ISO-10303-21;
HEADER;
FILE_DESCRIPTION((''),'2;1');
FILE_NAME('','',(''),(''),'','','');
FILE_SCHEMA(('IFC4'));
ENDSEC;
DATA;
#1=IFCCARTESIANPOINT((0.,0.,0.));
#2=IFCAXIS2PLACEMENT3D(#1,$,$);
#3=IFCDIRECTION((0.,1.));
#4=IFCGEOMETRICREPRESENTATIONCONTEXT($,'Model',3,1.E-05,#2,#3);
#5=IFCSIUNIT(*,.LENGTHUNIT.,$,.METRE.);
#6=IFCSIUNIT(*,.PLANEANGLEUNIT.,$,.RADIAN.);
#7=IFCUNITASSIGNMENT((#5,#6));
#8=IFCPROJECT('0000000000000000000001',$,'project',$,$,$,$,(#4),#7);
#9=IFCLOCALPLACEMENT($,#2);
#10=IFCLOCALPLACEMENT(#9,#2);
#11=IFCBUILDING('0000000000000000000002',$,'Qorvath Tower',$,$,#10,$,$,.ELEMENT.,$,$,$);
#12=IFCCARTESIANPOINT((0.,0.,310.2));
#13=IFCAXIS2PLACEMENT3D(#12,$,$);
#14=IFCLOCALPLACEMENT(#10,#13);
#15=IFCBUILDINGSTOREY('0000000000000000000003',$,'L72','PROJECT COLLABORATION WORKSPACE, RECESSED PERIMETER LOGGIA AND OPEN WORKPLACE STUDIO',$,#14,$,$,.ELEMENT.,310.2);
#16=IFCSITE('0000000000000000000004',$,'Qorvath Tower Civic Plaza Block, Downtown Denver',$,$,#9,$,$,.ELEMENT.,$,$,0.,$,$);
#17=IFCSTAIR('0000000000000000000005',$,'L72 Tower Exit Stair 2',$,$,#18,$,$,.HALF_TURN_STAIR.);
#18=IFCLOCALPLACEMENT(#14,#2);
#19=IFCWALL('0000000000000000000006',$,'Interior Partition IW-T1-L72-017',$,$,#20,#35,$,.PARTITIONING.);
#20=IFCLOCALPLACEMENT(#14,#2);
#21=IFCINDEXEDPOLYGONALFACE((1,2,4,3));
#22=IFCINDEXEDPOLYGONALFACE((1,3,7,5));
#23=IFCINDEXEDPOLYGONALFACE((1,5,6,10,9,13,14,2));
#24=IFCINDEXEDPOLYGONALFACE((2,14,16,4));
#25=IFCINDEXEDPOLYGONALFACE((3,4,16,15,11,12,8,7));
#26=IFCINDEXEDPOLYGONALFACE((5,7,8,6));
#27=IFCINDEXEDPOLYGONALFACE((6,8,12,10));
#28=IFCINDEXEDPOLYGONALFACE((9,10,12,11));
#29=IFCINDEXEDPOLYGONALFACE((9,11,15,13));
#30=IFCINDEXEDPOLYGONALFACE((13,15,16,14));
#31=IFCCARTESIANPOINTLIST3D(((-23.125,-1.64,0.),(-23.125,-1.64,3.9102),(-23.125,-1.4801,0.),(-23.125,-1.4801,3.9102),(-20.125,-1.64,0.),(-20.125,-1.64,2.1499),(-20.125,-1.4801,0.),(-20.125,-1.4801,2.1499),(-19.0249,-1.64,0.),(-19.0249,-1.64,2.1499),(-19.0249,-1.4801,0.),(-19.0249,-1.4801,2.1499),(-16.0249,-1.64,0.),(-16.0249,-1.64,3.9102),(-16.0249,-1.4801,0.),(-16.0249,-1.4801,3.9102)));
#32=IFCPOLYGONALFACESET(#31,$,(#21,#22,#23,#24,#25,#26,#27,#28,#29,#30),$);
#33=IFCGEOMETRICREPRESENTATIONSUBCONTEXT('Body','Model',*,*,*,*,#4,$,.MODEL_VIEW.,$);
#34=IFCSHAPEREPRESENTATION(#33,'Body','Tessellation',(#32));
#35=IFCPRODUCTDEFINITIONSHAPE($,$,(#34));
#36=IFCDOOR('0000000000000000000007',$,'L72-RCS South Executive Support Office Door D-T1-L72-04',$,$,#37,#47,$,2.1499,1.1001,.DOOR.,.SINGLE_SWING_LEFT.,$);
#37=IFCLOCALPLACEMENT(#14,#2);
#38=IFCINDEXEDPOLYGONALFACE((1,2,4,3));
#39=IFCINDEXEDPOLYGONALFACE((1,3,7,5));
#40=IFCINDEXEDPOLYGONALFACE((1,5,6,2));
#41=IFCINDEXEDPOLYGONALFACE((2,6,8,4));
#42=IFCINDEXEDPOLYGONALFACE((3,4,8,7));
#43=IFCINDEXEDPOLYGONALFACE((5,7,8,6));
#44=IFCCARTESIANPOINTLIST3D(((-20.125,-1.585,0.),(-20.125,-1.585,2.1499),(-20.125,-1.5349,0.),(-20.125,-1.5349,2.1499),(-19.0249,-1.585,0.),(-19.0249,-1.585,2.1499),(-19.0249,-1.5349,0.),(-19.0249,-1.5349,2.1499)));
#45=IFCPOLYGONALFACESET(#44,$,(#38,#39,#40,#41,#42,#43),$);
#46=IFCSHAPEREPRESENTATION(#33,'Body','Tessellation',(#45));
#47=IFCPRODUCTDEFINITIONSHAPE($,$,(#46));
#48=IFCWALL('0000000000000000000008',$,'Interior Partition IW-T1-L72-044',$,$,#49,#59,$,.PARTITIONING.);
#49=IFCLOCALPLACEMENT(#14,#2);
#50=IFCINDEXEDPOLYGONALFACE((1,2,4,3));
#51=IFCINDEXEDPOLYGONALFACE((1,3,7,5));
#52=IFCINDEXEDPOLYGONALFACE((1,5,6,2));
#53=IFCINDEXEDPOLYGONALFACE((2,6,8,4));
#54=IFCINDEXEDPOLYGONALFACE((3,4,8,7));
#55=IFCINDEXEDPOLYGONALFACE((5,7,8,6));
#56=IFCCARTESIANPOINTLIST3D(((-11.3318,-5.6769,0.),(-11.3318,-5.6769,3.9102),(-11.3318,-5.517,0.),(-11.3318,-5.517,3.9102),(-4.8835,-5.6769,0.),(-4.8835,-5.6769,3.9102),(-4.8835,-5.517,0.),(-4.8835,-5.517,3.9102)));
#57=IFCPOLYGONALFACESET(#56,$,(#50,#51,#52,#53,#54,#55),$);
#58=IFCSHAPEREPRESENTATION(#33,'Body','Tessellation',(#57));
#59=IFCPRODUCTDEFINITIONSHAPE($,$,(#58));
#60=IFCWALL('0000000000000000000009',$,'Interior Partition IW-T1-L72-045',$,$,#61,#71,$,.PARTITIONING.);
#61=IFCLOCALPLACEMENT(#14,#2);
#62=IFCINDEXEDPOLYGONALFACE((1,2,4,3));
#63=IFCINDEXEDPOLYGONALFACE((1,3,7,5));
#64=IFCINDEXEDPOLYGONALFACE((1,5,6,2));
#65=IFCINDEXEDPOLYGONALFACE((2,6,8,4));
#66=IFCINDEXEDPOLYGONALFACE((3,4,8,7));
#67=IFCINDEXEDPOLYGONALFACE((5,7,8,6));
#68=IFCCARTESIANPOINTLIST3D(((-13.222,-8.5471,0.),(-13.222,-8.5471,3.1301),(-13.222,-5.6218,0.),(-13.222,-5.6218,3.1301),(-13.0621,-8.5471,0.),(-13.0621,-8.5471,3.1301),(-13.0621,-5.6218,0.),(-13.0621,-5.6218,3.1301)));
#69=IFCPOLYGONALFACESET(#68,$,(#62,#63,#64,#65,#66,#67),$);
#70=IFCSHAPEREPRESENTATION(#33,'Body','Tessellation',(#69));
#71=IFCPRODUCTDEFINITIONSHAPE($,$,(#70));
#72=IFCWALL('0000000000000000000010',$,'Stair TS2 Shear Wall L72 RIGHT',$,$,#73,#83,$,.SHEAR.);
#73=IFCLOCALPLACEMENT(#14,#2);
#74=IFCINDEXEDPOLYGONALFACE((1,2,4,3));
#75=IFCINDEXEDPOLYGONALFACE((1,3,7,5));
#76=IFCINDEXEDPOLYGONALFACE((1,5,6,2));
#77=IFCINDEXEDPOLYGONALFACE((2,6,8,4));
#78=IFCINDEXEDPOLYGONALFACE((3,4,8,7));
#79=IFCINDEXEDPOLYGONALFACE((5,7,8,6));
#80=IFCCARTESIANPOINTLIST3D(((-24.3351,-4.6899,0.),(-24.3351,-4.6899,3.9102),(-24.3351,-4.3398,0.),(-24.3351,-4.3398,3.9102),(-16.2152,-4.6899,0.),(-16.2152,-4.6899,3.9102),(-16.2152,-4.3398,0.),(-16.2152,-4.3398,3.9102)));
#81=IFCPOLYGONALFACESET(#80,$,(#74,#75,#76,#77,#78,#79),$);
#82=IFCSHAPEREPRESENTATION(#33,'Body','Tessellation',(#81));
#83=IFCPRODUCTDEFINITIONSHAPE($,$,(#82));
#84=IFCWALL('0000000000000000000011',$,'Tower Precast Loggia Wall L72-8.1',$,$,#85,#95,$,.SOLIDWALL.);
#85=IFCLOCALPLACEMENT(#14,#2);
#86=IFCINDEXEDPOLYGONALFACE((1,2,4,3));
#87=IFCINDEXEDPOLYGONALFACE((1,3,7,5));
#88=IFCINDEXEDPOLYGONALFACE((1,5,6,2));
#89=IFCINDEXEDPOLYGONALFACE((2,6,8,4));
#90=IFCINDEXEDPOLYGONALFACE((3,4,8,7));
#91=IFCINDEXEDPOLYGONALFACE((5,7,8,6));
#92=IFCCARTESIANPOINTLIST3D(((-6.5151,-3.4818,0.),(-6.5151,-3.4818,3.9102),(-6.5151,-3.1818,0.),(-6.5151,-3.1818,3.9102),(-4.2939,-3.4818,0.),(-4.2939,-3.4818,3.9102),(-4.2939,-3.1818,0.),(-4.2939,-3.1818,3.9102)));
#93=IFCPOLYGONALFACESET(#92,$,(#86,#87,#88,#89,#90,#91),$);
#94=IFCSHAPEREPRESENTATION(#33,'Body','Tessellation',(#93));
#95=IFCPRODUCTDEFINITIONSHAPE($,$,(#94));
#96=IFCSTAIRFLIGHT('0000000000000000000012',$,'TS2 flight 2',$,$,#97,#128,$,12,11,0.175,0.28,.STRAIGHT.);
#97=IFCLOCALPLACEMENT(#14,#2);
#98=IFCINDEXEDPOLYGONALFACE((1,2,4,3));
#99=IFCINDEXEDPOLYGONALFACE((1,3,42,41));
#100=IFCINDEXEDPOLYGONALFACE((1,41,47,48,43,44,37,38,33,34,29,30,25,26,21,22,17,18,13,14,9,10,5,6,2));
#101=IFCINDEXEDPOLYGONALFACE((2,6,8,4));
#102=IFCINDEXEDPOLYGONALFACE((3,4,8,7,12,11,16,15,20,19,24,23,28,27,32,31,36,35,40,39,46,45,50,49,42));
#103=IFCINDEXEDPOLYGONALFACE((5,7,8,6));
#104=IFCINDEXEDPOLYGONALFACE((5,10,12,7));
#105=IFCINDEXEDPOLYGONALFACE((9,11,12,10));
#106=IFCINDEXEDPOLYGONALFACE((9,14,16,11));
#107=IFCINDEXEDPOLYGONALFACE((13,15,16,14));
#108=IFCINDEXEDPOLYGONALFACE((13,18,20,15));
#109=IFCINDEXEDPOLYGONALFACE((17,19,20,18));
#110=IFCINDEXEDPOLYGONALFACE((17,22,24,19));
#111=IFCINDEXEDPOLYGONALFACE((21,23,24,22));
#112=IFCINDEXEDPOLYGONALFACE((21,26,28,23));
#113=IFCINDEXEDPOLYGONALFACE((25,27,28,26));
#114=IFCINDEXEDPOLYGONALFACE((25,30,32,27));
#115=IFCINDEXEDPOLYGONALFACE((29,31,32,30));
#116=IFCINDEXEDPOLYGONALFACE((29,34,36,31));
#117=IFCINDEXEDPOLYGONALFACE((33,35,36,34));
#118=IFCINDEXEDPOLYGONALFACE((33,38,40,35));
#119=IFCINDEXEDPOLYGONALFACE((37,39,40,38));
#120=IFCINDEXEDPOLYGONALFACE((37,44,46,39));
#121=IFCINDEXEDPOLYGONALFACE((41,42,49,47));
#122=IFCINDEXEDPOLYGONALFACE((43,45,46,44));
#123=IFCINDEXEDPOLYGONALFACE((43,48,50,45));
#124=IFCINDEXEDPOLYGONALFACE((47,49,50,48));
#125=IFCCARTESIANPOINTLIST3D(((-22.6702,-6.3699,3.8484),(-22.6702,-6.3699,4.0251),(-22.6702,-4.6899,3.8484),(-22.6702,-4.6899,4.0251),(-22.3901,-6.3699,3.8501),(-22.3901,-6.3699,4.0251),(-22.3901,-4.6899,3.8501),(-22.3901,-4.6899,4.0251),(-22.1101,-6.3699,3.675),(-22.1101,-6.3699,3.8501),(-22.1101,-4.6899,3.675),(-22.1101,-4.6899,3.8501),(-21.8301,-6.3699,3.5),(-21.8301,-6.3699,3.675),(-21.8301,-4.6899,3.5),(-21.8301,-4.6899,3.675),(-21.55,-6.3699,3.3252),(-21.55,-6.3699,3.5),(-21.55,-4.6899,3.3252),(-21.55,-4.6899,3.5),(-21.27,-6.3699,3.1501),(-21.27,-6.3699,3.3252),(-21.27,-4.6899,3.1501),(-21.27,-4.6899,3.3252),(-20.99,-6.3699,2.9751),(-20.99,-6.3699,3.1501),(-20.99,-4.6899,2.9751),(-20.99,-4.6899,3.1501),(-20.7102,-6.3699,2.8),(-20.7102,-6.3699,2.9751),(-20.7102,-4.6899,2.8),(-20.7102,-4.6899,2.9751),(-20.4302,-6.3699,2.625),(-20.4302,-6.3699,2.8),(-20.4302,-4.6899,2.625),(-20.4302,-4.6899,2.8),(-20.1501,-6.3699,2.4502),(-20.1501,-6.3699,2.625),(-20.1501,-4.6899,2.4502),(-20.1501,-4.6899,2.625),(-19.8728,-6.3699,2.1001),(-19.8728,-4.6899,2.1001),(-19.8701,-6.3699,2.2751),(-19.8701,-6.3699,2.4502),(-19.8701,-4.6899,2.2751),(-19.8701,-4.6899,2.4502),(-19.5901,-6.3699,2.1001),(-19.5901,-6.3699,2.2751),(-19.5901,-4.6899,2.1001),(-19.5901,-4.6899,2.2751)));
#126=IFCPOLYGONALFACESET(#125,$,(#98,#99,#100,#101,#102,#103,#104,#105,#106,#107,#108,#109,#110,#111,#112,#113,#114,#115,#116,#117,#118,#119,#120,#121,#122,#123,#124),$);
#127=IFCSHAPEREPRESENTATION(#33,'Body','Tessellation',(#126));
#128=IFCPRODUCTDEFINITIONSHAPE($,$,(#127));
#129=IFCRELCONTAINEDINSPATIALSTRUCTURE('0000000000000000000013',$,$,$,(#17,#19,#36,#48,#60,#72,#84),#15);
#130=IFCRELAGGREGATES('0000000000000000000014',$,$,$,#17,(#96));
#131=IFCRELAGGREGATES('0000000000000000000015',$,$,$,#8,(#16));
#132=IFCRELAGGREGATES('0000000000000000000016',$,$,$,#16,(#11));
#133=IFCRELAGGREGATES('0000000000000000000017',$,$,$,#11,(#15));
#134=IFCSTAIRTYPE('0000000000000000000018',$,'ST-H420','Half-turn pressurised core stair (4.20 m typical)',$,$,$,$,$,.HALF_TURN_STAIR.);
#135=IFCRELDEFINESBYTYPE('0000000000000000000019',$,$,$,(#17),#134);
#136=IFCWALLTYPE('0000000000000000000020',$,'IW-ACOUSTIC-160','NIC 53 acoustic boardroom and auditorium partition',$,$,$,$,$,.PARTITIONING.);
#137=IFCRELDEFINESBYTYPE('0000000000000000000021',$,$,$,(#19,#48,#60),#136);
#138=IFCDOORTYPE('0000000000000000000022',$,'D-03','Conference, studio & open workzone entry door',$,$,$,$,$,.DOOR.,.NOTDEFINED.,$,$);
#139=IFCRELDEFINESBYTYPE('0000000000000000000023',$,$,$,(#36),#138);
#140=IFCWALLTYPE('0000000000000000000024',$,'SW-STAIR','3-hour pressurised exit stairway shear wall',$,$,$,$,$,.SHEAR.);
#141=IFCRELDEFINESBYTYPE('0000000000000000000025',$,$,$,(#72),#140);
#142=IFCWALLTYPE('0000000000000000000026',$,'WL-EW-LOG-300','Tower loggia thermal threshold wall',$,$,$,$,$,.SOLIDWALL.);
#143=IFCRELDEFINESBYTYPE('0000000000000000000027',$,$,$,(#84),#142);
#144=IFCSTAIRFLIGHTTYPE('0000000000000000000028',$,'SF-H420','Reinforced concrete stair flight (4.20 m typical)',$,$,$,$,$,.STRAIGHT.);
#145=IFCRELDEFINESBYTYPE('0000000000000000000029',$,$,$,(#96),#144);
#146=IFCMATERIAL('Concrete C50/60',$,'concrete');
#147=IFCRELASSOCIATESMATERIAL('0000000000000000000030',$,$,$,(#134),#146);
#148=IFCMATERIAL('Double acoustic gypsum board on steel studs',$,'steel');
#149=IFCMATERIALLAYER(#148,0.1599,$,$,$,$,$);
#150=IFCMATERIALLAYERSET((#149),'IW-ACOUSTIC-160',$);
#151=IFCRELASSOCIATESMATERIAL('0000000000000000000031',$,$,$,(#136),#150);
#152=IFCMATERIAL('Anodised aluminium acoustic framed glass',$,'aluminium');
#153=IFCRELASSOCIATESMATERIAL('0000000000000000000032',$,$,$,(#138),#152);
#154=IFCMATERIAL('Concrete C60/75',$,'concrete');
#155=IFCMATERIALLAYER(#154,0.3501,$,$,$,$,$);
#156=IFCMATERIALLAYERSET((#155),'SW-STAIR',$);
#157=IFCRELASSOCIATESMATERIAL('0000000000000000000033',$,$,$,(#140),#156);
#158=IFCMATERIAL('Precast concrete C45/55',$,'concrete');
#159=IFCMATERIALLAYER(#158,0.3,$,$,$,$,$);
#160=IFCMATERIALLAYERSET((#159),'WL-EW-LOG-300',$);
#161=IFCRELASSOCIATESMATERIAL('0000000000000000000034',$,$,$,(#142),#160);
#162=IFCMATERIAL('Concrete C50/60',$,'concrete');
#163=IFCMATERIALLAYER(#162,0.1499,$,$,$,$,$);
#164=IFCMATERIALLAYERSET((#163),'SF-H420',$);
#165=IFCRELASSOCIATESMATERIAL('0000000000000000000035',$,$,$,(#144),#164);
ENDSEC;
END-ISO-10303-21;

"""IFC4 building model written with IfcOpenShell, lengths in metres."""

from ifc_helpers import new_model, si_unit, direction, frame, frame_2d, origin, place, context, subcontext, project, spatial, polyline, rectangle, outline, extrude, material, layer, layer_set, type_object, element, fill, aggregate, save


model = new_model("IFC4")

# Units and contexts
model_context = context("Model", 3, precision=1e-05, world=origin(), true_north=direction((0.0, 1.0)))
body_context = subcontext(model_context, "Body", "Model", "MODEL_VIEW")
ifc_project = project(units=[si_unit("LENGTHUNIT", "METRE"), si_unit("PLANEANGLEUNIT", "RADIAN")], contexts=[model_context])

# Site, building, storey
site_placement = place(None, origin())
site = spatial("IfcSite", under=ifc_project, at=site_placement, Name="Qorvath Tower Civic Plaza Block, Downtown Denver", CompositionType="ELEMENT", RefElevation=0.0)
building_placement = place(site_placement, origin())
building = spatial("IfcBuilding", under=site, at=building_placement, Name="Qorvath Tower", CompositionType="ELEMENT")
storey_placement = place(building_placement, frame((0.0, 0.0, 310.2)))
storey = spatial("IfcBuildingStorey", under=building, at=storey_placement, Name="L72", Description="PROJECT COLLABORATION WORKSPACE, RECESSED PERIMETER LOGGIA AND OPEN WORKPLACE STUDIO", CompositionType="ELEMENT", Elevation=310.2)

# Stair
ifc_material_1 = material(Name="Concrete C50/60", Category="concrete")
stair_type = type_object("IfcStairType", Name="ST-H420", Description="Half-turn pressurised core stair (4.20 m typical)", PredefinedType="HALF_TURN_STAIR", material=ifc_material_1)
stair_1_placement = place(storey_placement, origin())
stair_1 = element("IfcStair", 1, at=stair_1_placement, inside=storey, type_object=stair_type, Name="L72 Tower Exit Stair 2", PredefinedType="HALF_TURN_STAIR")

# Shared definitions
ifc_material_2 = material(Name="Double acoustic gypsum board on steel studs", Category="steel")
ifc_layer_1 = layer(ifc_material_2, 0.1599)
ifc_layer_set_1 = layer_set([ifc_layer_1], Name="IW-ACOUSTIC-160")
wall_type_1 = type_object("IfcWallType", Name="IW-ACOUSTIC-160", Description="NIC 53 acoustic boardroom and auditorium partition", PredefinedType="PARTITIONING", material=ifc_layer_set_1)

# Wall, opening, door
wall_1_placement = place(storey_placement, frame((-16.0249, -1.5601, 0.0), z_axis=(0.0, 0.0, 1.0), x_axis=(-1.0, 0.0, 0.0)))
wall_1 = element("IfcWall", 2, at=wall_1_placement, inside=storey, type_object=wall_type_1, Name="Interior Partition IW-T1-L72-017", PredefinedType="PARTITIONING", context=body_context, shape_type="SweptSolid", body=[
    extrude(rectangle(XDim=7.1001, YDim=0.1599, at=frame_2d((3.55, 0.0))), origin(), (0.0, 0.0, 1.0), 3.9102),
])
opening_placement = place(wall_1_placement, frame((3.0, 0.0, 0.0)))
opening = element("IfcOpeningElement", 3, at=opening_placement, cuts=wall_1, PredefinedType="OPENING", context=body_context, shape_type="SweptSolid", body=[
    extrude(rectangle(XDim=1.1001, YDim=2.1499, at=frame_2d((0.55, 1.075))), frame((0.0, 0.0898, 0.0), z_axis=(0.0, -1.0, 0.0), x_axis=(1.0, 0.0, 0.0)), (0.0, 0.0, 1.0), 0.1799),
])
ifc_material_3 = material(Name="Anodised aluminium acoustic framed glass", Category="aluminium")
door_type = type_object("IfcDoorType", Name="D-03", Description="Conference, studio & open workzone entry door", OperationType="NOTDEFINED", PredefinedType="DOOR", material=ifc_material_3)
door_placement = place(opening_placement, origin())
door = element("IfcDoor", 4, at=door_placement, inside=storey, type_object=door_type, Name="L72-RCS South Executive Support Office Door D-T1-L72-04", OperationType="SINGLE_SWING_LEFT", OverallHeight=2.1499, OverallWidth=1.1001, PredefinedType="DOOR", context=body_context, shape_type="SweptSolid", body=[
    extrude(rectangle(XDim=1.1001, YDim=2.1499, at=frame_2d((0.55, 1.075))), frame((0.0, 0.0249, 0.0), z_axis=(0.0, -1.0, 0.0), x_axis=(1.0, 0.0, 0.0)), (0.0, 0.0, 1.0), 0.05),
])
fill(opening, door)

# Walls
wall_2_placement = place(storey_placement, frame((-4.8835, -5.5969, 0.0), z_axis=(0.0, 0.0, 1.0), x_axis=(-1.0, 0.0, 0.0)))
element("IfcWall", 5, at=wall_2_placement, inside=storey, type_object=wall_type_1, Name="Interior Partition IW-T1-L72-044", PredefinedType="PARTITIONING", context=body_context, shape_type="SweptSolid", body=[
    extrude(rectangle(XDim=6.4482, YDim=0.1599, at=frame_2d((3.2241, 0.0))), origin(), (0.0, 0.0, 1.0), 3.9102),
])
wall_3_placement = place(storey_placement, frame((-13.1421, -5.6218, 0.0), z_axis=(0.0, 0.0, 1.0), x_axis=(0.0, -1.0, 0.0)))
element("IfcWall", 6, at=wall_3_placement, inside=storey, type_object=wall_type_1, Name="Interior Partition IW-T1-L72-045", PredefinedType="PARTITIONING", context=body_context, shape_type="SweptSolid", body=[
    extrude(rectangle(XDim=2.9253, YDim=0.1599, at=frame_2d((1.4626, 0.0))), origin(), (0.0, 0.0, 1.0), 3.1301),
])
ifc_material_4 = material(Name="Concrete C60/75", Category="concrete")
ifc_layer_2 = layer(ifc_material_4, 0.3501)
ifc_layer_set_2 = layer_set([ifc_layer_2], Name="SW-STAIR")
wall_type_2 = type_object("IfcWallType", Name="SW-STAIR", Description="3-hour pressurised exit stairway shear wall", PredefinedType="SHEAR", material=ifc_layer_set_2)
wall_4_placement = place(storey_placement, frame((-16.2151, -4.5149, 0.0), z_axis=(0.0, 0.0, 1.0), x_axis=(-1.0, 0.0, 0.0)))
element("IfcWall", 7, at=wall_4_placement, inside=storey, type_object=wall_type_2, Name="Stair TS2 Shear Wall L72 RIGHT", PredefinedType="SHEAR", context=body_context, shape_type="SweptSolid", body=[
    extrude(rectangle(XDim=8.1199, YDim=0.3501, at=frame_2d((4.0601, 0.0))), origin(), (0.0, 0.0, 1.0), 3.9102),
])
ifc_material_5 = material(Name="Precast concrete C45/55", Category="concrete")
ifc_layer_3 = layer(ifc_material_5, 0.3)
ifc_layer_set_3 = layer_set([ifc_layer_3], Name="WL-EW-LOG-300")
wall_type_3 = type_object("IfcWallType", Name="WL-EW-LOG-300", Description="Tower loggia thermal threshold wall", PredefinedType="SOLIDWALL", material=ifc_layer_set_3)
wall_5_placement = place(storey_placement, frame((-4.2939, -3.3318, 0.0), z_axis=(0.0, 0.0, 1.0), x_axis=(-1.0, 0.0, 0.0)))
element("IfcWall", 8, at=wall_5_placement, inside=storey, type_object=wall_type_3, Name="Tower Precast Loggia Wall L72-8.1", PredefinedType="SOLIDWALL", context=body_context, shape_type="SweptSolid", body=[
    extrude(rectangle(XDim=2.2212, YDim=0.3, at=frame_2d((1.1106, 0.0))), origin(), (0.0, 0.0, 1.0), 3.9102),
])

# Stair flight
ifc_material_6 = material(Name="Concrete C50/60", Category="concrete")
ifc_layer_4 = layer(ifc_material_6, 0.1499)
ifc_layer_set_4 = layer_set([ifc_layer_4], Name="SF-H420")
stair_flight_type = type_object("IfcStairFlightType", Name="SF-H420", Description="Reinforced concrete stair flight (4.20 m typical)", PredefinedType="STRAIGHT", material=ifc_layer_set_4)
stair_flight_placement = place(storey_placement, frame((-19.5901, -5.53, 2.1001), z_axis=(0.0, 0.0, 1.0), x_axis=(-1.0, 0.0, 0.0)))
stair_flight = element("IfcStairFlight", 9, at=stair_flight_placement, type_object=stair_flight_type, Name="TS2 flight 2", NumberOfRisers=12, NumberOfTreads=11, PredefinedType="STRAIGHT", RiserHeight=0.175, TreadLength=0.28, context=body_context, shape_type="SweptSolid", body=[
    extrude(outline(polyline([(0.0, 0.0), (0.0, 0.175), (0.28, 0.175), (0.28, 0.3501), (0.5601, 0.3501), (0.5601, 0.5249), (0.8401, 0.5249), (0.8401, 0.7), (1.1201, 0.7), (1.1201, 0.875), (1.3999, 0.875), (1.3999, 1.05), (1.6799, 1.05), (1.6799, 1.2251), (1.96, 1.2251), (1.96, 1.3999), (2.24, 1.3999), (2.24, 1.575), (2.52, 1.575), (2.52, 1.75), (2.8, 1.75), (2.8, 1.925), (3.0801, 1.925), (3.0801, 2.1001), (3.0801, 1.7483), (0.2827, 0.0), (0.0, 0.0)])), frame((0.0, 0.8398, 0.0), z_axis=(0.0, -1.0, 0.0), x_axis=(1.0, 0.0, 0.0)), (0.0, 0.0, 1.0), 1.6799),
])
aggregate(stair_1, [stair_flight])

save(model, "model.ifc")
